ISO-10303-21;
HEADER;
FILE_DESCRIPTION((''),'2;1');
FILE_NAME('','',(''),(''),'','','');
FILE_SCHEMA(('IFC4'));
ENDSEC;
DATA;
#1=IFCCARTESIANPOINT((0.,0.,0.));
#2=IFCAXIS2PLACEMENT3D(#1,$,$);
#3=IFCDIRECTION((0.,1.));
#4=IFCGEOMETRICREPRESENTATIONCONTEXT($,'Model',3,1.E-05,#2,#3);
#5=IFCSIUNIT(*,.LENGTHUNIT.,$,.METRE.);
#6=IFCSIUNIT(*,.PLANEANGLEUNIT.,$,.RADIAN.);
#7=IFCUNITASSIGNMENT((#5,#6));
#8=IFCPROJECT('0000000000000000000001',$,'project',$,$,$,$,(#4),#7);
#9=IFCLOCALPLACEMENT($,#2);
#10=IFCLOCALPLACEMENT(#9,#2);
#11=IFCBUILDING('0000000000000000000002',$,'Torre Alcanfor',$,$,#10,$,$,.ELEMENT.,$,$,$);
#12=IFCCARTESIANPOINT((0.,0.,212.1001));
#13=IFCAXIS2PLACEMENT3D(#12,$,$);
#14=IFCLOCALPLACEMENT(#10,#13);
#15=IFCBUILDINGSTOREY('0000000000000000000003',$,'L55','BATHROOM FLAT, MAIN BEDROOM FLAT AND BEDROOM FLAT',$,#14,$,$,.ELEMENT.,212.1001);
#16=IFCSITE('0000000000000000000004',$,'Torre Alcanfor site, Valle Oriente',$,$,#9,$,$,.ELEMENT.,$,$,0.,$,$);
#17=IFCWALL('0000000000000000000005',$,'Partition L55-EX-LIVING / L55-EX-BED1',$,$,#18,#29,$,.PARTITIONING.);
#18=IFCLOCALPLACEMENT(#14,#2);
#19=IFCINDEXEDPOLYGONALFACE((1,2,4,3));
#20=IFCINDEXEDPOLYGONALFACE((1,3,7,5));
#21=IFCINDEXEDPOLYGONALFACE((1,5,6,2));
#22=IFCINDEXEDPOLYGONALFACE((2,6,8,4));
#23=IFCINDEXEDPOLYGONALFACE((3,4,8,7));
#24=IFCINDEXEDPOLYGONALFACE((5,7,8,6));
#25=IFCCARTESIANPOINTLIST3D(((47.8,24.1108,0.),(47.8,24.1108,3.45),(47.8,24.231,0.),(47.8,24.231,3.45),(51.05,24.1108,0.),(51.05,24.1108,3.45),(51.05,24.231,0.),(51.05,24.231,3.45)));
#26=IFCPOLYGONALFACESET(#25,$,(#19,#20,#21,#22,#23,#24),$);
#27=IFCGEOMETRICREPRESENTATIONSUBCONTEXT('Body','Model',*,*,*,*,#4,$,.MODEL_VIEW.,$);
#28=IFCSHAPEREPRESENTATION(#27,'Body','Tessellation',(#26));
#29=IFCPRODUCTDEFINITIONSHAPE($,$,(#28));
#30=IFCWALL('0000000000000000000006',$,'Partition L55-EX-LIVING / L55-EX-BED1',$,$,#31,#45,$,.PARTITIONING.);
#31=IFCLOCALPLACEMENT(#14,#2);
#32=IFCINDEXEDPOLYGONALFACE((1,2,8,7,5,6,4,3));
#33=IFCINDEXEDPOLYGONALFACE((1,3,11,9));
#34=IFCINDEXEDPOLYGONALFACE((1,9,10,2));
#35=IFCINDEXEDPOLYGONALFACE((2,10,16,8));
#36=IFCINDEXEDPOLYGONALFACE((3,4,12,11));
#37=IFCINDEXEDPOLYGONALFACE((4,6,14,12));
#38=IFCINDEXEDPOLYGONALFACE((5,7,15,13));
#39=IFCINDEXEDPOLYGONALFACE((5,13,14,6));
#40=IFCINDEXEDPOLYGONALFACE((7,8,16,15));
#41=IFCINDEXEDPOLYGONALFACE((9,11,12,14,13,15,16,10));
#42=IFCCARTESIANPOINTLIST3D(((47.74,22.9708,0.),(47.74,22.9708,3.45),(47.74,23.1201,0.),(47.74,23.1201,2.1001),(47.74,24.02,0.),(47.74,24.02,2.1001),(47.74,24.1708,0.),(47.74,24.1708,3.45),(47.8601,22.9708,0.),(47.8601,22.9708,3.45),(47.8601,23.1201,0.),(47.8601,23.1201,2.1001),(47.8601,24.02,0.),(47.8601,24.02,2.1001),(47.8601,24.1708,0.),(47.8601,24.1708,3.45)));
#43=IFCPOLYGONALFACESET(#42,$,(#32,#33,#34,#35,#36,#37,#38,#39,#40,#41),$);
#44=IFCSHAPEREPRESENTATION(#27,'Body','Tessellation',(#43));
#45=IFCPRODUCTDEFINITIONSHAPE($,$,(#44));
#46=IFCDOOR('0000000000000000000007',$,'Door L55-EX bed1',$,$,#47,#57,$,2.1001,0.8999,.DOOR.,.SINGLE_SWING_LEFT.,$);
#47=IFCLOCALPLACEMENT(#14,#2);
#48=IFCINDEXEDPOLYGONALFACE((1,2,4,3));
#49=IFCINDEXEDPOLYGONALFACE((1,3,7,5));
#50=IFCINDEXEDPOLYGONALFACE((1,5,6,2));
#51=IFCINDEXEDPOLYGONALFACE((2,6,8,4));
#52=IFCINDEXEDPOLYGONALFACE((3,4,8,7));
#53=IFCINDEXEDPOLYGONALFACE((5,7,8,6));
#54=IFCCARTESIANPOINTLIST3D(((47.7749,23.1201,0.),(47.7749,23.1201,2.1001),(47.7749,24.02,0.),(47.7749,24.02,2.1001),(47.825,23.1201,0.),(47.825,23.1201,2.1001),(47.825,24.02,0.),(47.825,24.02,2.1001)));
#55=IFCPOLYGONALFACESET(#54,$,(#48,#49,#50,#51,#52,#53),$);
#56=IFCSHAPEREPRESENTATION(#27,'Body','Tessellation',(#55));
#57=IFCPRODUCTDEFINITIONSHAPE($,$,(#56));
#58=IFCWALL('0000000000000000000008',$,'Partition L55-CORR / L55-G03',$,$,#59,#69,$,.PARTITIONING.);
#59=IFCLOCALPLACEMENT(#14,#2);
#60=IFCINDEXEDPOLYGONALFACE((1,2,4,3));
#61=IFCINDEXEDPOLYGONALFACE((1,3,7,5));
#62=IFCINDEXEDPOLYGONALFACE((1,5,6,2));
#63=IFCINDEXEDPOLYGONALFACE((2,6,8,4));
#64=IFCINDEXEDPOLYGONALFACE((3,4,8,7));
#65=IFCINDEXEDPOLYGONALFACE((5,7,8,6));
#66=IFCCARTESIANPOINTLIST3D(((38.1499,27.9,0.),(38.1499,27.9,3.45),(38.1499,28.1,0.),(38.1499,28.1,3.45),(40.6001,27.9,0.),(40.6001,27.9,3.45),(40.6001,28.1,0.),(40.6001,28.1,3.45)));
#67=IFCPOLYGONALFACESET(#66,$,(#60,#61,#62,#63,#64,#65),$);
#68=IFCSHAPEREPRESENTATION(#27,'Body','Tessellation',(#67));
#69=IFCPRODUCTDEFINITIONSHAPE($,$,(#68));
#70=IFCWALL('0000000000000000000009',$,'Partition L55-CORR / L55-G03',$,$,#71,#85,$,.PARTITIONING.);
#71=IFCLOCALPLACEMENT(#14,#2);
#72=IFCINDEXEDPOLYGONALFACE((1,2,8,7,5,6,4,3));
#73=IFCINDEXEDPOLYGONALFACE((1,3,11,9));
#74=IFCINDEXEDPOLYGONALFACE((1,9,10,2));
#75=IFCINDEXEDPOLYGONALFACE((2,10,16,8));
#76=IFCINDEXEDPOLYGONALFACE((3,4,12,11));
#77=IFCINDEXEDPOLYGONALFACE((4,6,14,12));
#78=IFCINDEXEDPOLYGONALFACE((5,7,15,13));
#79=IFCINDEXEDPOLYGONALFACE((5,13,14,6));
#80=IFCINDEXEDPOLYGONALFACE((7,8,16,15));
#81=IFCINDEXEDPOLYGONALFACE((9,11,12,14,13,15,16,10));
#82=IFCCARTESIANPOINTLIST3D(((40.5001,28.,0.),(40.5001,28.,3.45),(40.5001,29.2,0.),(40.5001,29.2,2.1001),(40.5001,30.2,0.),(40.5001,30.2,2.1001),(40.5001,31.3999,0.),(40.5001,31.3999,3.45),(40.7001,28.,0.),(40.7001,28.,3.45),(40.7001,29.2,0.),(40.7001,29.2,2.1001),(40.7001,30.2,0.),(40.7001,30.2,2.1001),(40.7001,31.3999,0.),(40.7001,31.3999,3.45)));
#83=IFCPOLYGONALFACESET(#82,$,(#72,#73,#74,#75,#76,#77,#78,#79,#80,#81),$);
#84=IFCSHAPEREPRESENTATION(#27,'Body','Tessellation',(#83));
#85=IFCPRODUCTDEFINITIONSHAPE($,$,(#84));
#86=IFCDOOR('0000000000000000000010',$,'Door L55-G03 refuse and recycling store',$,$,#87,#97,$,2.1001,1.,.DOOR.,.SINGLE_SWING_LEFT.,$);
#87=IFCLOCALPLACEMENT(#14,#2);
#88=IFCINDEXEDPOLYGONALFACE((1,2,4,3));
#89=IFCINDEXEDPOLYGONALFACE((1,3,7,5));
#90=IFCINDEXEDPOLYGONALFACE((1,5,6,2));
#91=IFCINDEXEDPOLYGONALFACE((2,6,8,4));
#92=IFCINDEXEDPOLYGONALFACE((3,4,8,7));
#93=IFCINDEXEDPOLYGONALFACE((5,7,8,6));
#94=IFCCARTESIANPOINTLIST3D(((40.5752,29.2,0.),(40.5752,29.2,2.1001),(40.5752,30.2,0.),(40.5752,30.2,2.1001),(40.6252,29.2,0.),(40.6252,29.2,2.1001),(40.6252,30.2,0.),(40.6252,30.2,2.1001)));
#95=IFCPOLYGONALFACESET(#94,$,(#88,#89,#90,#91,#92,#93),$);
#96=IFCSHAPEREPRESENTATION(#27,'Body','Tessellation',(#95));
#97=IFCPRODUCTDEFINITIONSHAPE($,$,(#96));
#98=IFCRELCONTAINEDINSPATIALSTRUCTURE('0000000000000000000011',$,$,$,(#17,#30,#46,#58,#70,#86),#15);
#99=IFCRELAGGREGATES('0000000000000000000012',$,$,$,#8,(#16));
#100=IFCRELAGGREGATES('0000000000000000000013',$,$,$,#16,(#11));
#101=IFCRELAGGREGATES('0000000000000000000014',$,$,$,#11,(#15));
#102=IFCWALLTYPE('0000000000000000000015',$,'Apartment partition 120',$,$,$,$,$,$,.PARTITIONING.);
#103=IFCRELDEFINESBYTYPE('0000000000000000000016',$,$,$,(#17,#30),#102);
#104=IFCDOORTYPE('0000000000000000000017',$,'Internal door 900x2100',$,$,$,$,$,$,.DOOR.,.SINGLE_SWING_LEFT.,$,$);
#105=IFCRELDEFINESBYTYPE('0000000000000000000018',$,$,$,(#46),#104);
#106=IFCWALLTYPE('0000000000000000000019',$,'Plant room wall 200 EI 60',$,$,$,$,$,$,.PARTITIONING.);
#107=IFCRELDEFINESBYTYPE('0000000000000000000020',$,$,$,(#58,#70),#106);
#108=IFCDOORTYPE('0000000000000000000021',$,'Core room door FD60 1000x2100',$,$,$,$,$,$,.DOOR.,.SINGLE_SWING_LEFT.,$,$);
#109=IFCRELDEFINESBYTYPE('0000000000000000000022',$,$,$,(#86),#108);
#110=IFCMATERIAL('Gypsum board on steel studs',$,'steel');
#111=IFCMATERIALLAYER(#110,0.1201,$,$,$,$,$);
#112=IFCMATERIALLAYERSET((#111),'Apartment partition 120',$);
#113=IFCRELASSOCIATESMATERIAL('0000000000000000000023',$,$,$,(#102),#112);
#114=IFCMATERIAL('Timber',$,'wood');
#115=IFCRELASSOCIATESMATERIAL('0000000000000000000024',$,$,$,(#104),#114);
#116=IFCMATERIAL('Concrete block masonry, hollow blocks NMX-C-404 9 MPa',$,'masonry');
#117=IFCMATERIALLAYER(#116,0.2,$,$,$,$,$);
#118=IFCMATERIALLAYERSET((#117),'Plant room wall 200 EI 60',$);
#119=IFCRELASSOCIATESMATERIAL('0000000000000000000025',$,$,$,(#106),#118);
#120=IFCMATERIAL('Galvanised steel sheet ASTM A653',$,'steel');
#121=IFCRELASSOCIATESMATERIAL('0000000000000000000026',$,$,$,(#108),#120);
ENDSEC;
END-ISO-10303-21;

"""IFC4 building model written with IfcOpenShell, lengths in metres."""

from ifc_helpers import new_model, si_unit, direction, frame, frame_2d, origin, place, context, subcontext, project, spatial, rectangle, extrude, material, layer, layer_set, type_object, element, fill, save


model = new_model("IFC4")

# Units and contexts
model_context = context("Model", 3, precision=1e-05, world=origin(), true_north=direction((0.0, 1.0)))
body_context = subcontext(model_context, "Body", "Model", "MODEL_VIEW")
ifc_project = project(units=[si_unit("LENGTHUNIT", "METRE"), si_unit("PLANEANGLEUNIT", "RADIAN")], contexts=[model_context])

# Site, building, storey
site_placement = place(None, origin())
site = spatial("IfcSite", under=ifc_project, at=site_placement, Name="Torre Alcanfor site, Valle Oriente", CompositionType="ELEMENT", RefElevation=0.0)
building_placement = place(site_placement, origin())
building = spatial("IfcBuilding", under=site, at=building_placement, Name="Torre Alcanfor", CompositionType="ELEMENT")
storey_placement = place(building_placement, frame((0.0, 0.0, 212.1001)))
storey = spatial("IfcBuildingStorey", under=building, at=storey_placement, Name="L55", Description="BATHROOM FLAT, MAIN BEDROOM FLAT AND BEDROOM FLAT", CompositionType="ELEMENT", Elevation=212.1001)

# Shared definitions
ifc_material_1 = material(Name="Gypsum board on steel studs", Category="steel")
ifc_layer_1 = layer(ifc_material_1, 0.1201)
ifc_layer_set_1 = layer_set([ifc_layer_1], Name="Apartment partition 120")
wall_type_1 = type_object("IfcWallType", Name="Apartment partition 120", PredefinedType="PARTITIONING", material=ifc_layer_set_1)
ifc_material_2 = material(Name="Timber", Category="wood")
door_type_1 = type_object("IfcDoorType", Name="Internal door 900x2100", OperationType="SINGLE_SWING_LEFT", PredefinedType="DOOR", material=ifc_material_2)

# Wall
wall_1_placement = place(storey_placement, frame((51.05, 24.1709, 0.0), z_axis=(0.0, 0.0, 1.0), x_axis=(-1.0, 0.0, 0.0)))
element("IfcWall", 1, at=wall_1_placement, inside=storey, type_object=wall_type_1, Name="Partition L55-EX-LIVING / L55-EX-BED1", PredefinedType="PARTITIONING", context=body_context, shape_type="SweptSolid", body=[
    extrude(rectangle(XDim=3.25, YDim=0.1201, at=frame_2d((1.625, 0.0))), origin(), (0.0, 0.0, 1.0), 3.45),
])

# Wall, opening, door
wall_2_placement = place(storey_placement, frame((47.8, 24.1709, 0.0), z_axis=(0.0, 0.0, 1.0), x_axis=(0.0, -1.0, 0.0)))
wall_2 = element("IfcWall", 2, at=wall_2_placement, inside=storey, type_object=wall_type_1, Name="Partition L55-EX-LIVING / L55-EX-BED1", PredefinedType="PARTITIONING", context=body_context, shape_type="SweptSolid", body=[
    extrude(rectangle(XDim=1.2, YDim=0.1201, at=frame_2d((0.6001, 0.0))), origin(), (0.0, 0.0, 1.0), 3.45),
])
opening_1_placement = place(wall_2_placement, frame((0.1509, 0.0, 0.0)))
opening_1 = element("IfcOpeningElement", 3, at=opening_1_placement, cuts=wall_2, PredefinedType="OPENING", context=body_context, shape_type="SweptSolid", body=[
    extrude(rectangle(XDim=0.8999, YDim=2.1001, at=frame_2d((0.45, 1.05))), frame((0.0, 0.0701, 0.0), z_axis=(0.0, -1.0, 0.0), x_axis=(1.0, 0.0, 0.0)), (0.0, 0.0, 1.0), 0.1401),
])
door_1_placement = place(opening_1_placement, origin())
door_1 = element("IfcDoor", 4, at=door_1_placement, inside=storey, type_object=door_type_1, Name="Door L55-EX bed1", OperationType="SINGLE_SWING_LEFT", OverallHeight=2.1001, OverallWidth=0.8999, PredefinedType="DOOR", context=body_context, shape_type="SweptSolid", body=[
    extrude(rectangle(XDim=0.8999, YDim=2.1001, at=frame_2d((0.45, 1.05))), frame((0.0, 0.0249, 0.0), z_axis=(0.0, -1.0, 0.0), x_axis=(1.0, 0.0, 0.0)), (0.0, 0.0, 1.0), 0.05),
])
fill(opening_1, door_1)

# Wall
ifc_material_3 = material(Name="Concrete block masonry, hollow blocks NMX-C-404 9 MPa", Category="masonry")
ifc_layer_2 = layer(ifc_material_3, 0.2)
ifc_layer_set_2 = layer_set([ifc_layer_2], Name="Plant room wall 200 EI 60")
wall_type_2 = type_object("IfcWallType", Name="Plant room wall 200 EI 60", PredefinedType="PARTITIONING", material=ifc_layer_set_2)
wall_3_placement = place(storey_placement, frame((38.1499, 28.0, 0.0), z_axis=(0.0, 0.0, 1.0), x_axis=(1.0, 0.0, 0.0)))
element("IfcWall", 5, at=wall_3_placement, inside=storey, type_object=wall_type_2, Name="Partition L55-CORR / L55-G03", PredefinedType="PARTITIONING", context=body_context, shape_type="SweptSolid", body=[
    extrude(rectangle(XDim=2.4502, YDim=0.2, at=frame_2d((1.2251, 0.0))), origin(), (0.0, 0.0, 1.0), 3.45),
])

# Wall, opening, door
wall_4_placement = place(storey_placement, frame((40.6001, 28.0, 0.0), z_axis=(0.0, 0.0, 1.0), x_axis=(0.0, 1.0, 0.0)))
wall_4 = element("IfcWall", 6, at=wall_4_placement, inside=storey, type_object=wall_type_2, Name="Partition L55-CORR / L55-G03", PredefinedType="PARTITIONING", context=body_context, shape_type="SweptSolid", body=[
    extrude(rectangle(XDim=3.3999, YDim=0.2, at=frame_2d((1.7, 0.0))), origin(), (0.0, 0.0, 1.0), 3.45),
])
opening_2_placement = place(wall_4_placement, frame((1.2, 0.0, 0.0)))
opening_2 = element("IfcOpeningElement", 7, at=opening_2_placement, cuts=wall_4, PredefinedType="OPENING", context=body_context, shape_type="SweptSolid", body=[
    extrude(rectangle(XDim=1.0, YDim=2.1001, at=frame_2d((0.5, 1.05))), frame((0.0, 0.1099, 0.0), z_axis=(0.0, -1.0, 0.0), x_axis=(1.0, 0.0, 0.0)), (0.0, 0.0, 1.0), 0.22),
])
ifc_material_4 = material(Name="Galvanised steel sheet ASTM A653", Category="steel")
door_type_2 = type_object("IfcDoorType", Name="Core room door FD60 1000x2100", OperationType="SINGLE_SWING_LEFT", PredefinedType="DOOR", material=ifc_material_4)
door_2_placement = place(opening_2_placement, origin())
door_2 = element("IfcDoor", 8, at=door_2_placement, inside=storey, type_object=door_type_2, Name="Door L55-G03 refuse and recycling store", OperationType="SINGLE_SWING_LEFT", OverallHeight=2.1001, OverallWidth=1.0, PredefinedType="DOOR", context=body_context, shape_type="SweptSolid", body=[
    extrude(rectangle(XDim=1.0, YDim=2.1001, at=frame_2d((0.5, 1.05))), frame((0.0, 0.0249, 0.0), z_axis=(0.0, -1.0, 0.0), x_axis=(1.0, 0.0, 0.0)), (0.0, 0.0, 1.0), 0.05),
])
fill(opening_2, door_2)

save(model, "model.ifc")
